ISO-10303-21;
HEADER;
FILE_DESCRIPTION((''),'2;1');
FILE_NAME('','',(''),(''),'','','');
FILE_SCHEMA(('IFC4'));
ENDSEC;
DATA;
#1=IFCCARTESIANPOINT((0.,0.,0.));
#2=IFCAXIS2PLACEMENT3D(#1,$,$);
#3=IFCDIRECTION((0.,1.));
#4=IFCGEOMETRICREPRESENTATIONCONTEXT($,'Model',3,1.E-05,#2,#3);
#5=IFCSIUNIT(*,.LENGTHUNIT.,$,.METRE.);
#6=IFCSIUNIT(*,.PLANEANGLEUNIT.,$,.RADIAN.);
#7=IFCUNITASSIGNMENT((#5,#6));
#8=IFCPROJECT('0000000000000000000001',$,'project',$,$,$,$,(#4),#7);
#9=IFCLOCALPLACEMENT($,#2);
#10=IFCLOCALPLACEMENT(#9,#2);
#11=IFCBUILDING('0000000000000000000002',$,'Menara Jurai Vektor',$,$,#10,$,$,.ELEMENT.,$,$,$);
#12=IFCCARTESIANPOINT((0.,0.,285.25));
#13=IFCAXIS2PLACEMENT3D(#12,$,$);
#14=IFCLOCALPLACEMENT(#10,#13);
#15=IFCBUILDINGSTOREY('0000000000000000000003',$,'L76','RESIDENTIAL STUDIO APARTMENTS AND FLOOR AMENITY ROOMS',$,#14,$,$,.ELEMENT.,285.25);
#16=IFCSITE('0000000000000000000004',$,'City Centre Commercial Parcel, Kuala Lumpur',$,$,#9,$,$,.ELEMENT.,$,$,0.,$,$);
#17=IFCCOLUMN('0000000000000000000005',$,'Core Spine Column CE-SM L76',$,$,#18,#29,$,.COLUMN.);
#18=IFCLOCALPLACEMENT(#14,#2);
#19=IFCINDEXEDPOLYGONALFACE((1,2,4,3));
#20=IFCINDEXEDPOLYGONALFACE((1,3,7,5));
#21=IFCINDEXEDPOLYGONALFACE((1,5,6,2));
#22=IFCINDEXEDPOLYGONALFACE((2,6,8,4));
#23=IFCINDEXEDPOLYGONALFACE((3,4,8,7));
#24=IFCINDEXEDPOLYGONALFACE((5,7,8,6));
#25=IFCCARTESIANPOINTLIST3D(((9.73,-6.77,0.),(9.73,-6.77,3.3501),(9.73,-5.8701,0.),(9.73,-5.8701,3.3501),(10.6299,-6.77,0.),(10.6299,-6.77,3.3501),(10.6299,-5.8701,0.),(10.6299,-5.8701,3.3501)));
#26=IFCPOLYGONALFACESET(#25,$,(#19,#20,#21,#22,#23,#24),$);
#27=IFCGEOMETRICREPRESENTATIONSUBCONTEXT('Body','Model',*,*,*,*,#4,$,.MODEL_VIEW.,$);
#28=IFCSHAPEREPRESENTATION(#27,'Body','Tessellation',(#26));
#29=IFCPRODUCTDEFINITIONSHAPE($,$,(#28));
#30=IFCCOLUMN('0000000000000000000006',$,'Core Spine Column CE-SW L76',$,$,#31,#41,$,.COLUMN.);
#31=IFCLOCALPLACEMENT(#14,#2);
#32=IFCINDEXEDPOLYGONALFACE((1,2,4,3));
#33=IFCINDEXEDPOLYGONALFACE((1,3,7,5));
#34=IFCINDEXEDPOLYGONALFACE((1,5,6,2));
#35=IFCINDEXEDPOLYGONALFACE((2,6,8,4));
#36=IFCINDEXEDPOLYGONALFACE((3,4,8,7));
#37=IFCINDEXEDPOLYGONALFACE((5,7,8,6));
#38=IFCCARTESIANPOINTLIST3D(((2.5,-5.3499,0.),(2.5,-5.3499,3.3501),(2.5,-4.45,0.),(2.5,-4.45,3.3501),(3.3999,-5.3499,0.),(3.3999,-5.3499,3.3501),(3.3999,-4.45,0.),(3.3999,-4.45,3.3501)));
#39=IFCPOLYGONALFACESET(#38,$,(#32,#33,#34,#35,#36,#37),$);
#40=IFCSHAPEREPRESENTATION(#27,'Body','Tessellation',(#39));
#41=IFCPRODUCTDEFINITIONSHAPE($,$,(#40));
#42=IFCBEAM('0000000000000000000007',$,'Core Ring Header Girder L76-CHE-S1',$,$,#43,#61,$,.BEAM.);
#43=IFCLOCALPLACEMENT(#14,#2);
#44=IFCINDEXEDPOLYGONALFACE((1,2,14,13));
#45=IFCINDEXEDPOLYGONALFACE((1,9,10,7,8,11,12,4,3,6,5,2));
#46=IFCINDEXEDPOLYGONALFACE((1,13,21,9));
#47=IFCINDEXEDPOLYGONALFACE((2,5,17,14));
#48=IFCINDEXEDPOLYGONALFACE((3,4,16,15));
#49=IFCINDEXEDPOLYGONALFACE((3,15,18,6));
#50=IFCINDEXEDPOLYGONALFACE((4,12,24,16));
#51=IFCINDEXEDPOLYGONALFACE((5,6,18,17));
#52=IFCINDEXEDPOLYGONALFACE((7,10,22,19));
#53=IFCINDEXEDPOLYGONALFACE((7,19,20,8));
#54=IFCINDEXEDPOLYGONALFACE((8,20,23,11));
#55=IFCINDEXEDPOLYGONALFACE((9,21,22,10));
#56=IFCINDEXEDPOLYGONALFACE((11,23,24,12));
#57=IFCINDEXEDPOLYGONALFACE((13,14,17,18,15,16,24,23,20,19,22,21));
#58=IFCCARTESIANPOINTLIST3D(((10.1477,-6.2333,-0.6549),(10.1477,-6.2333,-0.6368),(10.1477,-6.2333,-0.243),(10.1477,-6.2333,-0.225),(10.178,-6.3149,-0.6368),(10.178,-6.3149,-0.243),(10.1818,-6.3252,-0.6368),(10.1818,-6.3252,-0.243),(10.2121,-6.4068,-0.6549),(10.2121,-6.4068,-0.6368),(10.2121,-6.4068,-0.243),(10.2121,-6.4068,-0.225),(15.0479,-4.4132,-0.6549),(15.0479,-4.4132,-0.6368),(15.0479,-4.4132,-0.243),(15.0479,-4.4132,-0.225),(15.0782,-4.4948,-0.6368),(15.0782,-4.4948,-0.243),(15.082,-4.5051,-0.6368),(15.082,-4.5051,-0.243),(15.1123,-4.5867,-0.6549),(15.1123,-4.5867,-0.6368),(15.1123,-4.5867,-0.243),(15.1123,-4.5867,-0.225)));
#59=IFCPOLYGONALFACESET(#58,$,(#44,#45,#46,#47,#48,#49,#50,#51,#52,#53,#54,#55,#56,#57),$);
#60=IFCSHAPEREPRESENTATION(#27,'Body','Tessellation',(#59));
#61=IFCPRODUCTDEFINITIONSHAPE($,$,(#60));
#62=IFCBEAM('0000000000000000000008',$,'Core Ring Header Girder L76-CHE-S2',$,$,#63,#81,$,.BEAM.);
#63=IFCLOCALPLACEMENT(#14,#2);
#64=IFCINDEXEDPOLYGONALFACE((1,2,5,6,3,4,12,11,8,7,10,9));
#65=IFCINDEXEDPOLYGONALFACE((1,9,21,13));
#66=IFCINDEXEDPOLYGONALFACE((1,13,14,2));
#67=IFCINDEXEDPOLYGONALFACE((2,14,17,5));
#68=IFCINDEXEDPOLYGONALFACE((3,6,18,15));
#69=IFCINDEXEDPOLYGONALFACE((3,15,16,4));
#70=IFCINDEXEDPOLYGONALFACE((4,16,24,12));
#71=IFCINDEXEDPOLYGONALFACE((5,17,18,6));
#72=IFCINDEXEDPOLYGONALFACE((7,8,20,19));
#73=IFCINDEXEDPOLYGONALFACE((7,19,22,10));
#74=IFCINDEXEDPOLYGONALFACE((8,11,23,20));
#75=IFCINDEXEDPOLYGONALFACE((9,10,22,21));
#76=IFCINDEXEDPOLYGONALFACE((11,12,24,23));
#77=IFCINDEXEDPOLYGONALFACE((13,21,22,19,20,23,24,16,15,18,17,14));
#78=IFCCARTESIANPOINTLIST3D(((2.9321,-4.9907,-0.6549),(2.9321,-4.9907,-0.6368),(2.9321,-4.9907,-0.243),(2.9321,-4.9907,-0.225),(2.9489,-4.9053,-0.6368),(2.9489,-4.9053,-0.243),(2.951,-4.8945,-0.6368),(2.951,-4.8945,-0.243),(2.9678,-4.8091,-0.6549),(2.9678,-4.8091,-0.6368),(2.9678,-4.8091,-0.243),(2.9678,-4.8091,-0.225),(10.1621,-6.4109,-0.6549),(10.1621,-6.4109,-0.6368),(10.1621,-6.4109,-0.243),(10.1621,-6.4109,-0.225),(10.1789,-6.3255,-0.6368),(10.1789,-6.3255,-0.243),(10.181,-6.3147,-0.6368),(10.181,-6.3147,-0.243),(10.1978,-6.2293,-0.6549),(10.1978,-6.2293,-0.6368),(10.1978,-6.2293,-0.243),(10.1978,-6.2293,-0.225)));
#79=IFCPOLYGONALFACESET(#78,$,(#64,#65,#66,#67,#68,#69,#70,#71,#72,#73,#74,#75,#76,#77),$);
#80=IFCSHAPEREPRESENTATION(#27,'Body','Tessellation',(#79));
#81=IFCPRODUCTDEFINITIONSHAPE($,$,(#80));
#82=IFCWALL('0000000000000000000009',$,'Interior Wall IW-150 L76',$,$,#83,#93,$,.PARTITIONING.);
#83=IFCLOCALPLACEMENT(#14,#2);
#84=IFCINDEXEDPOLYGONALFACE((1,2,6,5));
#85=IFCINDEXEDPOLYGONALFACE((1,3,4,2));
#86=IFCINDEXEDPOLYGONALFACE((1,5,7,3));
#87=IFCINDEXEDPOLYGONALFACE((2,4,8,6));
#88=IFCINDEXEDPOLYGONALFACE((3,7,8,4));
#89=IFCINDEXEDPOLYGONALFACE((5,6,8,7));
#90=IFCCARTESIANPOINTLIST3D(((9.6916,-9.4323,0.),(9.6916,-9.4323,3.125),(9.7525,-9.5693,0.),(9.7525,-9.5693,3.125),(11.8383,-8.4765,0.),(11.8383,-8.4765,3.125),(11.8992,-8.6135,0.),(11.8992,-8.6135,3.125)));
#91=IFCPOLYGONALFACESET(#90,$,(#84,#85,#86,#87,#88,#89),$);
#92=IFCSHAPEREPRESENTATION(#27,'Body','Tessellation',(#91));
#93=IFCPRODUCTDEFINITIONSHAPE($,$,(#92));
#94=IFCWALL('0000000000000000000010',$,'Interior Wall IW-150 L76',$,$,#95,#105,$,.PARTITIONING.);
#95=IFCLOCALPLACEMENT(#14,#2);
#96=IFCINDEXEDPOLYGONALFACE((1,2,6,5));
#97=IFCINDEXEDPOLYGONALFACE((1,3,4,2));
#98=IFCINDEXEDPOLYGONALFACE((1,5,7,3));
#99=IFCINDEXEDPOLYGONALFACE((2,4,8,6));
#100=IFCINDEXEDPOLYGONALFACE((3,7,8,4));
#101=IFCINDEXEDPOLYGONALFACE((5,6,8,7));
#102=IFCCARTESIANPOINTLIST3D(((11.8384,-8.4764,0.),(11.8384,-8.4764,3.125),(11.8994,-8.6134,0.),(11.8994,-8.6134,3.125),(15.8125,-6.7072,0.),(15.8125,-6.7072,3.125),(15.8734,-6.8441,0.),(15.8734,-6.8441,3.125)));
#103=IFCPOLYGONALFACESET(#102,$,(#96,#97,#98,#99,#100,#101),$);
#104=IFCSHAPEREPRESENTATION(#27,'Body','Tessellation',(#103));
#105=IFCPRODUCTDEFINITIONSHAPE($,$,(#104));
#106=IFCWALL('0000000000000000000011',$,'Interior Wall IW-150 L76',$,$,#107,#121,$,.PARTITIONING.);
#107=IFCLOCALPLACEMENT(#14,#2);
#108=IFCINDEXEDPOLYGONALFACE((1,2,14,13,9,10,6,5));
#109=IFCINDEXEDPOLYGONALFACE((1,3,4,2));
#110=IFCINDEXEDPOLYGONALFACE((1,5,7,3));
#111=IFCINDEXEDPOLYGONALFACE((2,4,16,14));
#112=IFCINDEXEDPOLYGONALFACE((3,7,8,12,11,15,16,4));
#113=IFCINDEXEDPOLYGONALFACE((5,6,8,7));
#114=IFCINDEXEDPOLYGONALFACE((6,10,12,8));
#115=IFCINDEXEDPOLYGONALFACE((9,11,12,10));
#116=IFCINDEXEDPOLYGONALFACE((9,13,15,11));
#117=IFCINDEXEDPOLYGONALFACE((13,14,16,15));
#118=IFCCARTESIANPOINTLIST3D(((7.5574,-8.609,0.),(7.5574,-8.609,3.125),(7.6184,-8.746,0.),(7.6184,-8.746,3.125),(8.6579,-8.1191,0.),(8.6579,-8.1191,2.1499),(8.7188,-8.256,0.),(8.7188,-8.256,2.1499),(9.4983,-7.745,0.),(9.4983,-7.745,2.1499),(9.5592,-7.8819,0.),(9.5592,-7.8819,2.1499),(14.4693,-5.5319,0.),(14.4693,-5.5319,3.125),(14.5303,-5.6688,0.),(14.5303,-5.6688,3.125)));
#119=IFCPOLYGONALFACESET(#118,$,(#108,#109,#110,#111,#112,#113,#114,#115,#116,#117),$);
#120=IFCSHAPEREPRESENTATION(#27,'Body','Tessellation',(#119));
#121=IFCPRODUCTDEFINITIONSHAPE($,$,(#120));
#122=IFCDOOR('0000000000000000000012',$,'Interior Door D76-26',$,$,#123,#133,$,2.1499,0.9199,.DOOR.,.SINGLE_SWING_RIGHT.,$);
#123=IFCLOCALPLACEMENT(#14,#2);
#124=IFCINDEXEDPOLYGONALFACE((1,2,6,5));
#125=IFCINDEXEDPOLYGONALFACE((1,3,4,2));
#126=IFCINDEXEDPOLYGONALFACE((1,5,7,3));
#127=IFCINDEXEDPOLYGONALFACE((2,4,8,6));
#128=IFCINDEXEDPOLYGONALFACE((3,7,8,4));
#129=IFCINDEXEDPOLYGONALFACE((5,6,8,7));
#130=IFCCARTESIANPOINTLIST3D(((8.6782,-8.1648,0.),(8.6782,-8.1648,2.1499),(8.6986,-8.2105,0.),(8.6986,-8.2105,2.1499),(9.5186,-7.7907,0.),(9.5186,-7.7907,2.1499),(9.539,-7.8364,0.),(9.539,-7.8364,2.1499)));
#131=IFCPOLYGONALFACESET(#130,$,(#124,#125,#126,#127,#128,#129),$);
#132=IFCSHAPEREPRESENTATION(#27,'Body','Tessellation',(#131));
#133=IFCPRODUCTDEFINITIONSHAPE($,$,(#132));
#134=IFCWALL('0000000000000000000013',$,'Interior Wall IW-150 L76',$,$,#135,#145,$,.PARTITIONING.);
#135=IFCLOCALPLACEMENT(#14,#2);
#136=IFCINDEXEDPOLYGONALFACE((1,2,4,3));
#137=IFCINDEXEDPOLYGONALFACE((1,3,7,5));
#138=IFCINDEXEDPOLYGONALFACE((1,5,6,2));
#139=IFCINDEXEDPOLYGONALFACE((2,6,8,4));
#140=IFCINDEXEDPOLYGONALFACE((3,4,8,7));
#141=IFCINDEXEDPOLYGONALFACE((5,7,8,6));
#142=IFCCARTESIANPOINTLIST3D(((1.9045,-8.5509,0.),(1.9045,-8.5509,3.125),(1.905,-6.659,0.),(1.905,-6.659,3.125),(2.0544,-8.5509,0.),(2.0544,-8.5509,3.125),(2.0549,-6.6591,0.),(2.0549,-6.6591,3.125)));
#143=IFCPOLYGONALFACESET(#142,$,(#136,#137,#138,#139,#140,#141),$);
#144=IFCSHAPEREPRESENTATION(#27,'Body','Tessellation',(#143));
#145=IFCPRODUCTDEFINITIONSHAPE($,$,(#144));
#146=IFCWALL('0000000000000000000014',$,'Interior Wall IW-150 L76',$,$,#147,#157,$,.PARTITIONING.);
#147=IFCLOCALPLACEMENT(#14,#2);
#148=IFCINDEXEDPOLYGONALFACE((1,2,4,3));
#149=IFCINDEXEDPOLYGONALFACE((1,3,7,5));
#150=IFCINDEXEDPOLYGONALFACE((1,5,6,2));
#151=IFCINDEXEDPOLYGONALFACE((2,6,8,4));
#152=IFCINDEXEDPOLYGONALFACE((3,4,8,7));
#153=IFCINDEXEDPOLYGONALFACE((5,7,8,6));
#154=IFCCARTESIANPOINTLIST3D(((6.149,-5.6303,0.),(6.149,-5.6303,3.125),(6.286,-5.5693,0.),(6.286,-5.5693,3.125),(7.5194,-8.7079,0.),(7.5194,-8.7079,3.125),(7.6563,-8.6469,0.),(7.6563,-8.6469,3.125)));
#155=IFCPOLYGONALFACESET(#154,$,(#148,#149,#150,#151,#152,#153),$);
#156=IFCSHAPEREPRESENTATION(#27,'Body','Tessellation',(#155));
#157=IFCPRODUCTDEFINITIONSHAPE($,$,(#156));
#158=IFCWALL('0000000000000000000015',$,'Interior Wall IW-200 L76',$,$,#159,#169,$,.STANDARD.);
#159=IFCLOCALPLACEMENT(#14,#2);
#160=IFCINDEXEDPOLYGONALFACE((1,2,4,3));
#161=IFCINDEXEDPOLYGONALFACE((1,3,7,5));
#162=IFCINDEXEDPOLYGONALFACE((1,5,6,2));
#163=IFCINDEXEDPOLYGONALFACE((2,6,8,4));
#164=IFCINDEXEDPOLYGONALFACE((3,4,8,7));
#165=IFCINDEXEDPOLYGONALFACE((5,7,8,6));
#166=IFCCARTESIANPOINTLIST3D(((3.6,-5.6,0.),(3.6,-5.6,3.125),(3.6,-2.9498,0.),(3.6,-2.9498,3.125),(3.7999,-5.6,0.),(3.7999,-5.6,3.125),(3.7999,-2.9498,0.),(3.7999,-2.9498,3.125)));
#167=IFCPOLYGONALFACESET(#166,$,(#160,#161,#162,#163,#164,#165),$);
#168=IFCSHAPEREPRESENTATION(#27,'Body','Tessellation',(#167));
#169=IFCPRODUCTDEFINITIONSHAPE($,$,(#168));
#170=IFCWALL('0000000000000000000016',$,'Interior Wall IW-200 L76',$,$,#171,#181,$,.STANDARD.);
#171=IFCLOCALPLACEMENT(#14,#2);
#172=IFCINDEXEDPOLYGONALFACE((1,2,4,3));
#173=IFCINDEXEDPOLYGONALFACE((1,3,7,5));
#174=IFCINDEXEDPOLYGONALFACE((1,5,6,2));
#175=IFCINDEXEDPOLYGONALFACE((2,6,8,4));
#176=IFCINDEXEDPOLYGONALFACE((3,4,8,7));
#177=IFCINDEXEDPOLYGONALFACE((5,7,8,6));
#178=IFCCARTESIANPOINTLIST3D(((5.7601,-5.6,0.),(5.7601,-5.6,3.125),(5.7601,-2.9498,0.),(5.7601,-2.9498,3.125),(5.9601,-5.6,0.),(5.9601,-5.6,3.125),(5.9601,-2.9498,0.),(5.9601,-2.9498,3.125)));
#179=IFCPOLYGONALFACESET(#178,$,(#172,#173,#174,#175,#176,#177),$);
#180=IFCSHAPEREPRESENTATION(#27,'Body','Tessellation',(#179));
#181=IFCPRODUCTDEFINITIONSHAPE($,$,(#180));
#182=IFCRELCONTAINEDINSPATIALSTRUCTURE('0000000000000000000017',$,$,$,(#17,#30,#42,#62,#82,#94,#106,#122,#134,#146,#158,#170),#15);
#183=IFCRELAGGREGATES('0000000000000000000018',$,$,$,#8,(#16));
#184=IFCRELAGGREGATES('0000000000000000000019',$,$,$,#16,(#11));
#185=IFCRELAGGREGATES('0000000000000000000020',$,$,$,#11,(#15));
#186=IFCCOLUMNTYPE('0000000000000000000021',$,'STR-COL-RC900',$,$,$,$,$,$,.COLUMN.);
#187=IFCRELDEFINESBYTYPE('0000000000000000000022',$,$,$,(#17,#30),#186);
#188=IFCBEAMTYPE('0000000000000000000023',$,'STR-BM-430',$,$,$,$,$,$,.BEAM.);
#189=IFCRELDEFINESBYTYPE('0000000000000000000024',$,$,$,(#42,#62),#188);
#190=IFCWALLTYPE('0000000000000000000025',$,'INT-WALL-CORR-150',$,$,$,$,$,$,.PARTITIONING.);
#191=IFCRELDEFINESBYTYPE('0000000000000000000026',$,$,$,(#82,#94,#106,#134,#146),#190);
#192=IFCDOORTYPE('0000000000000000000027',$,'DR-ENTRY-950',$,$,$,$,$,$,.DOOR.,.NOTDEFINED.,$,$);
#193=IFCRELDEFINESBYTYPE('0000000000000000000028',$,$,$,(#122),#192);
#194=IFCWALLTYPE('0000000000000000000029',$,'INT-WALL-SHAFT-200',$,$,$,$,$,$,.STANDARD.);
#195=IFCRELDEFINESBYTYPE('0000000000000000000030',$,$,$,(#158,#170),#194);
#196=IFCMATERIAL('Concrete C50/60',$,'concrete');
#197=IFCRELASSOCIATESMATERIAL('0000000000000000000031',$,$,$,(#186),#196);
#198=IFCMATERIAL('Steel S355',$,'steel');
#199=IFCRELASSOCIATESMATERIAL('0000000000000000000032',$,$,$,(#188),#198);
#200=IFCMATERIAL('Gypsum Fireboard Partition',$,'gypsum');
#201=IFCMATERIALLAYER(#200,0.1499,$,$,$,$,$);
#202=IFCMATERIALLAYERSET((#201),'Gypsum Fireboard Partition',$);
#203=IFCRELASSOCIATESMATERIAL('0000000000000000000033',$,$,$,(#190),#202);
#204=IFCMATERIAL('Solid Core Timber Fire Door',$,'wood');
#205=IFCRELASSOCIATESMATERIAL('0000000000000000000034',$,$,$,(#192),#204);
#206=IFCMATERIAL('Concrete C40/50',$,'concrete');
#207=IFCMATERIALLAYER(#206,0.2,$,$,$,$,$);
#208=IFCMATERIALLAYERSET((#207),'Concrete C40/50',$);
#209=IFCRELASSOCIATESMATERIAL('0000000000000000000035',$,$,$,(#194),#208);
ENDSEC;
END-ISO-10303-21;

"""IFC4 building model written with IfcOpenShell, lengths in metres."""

from ifc_helpers import new_model, si_unit, direction, frame, frame_2d, origin, origin_2d, place, context, subcontext, project, spatial, rectangle, i_section, extrude, material, layer, layer_set, material_profile, profile_set, type_object, element, fill, save


model = new_model("IFC4")

# Units and contexts
model_context = context("Model", 3, precision=1e-05, world=origin(), true_north=direction((0.0, 1.0)))
body_context = subcontext(model_context, "Body", "Model", "MODEL_VIEW")
ifc_project = project(units=[si_unit("LENGTHUNIT", "METRE"), si_unit("PLANEANGLEUNIT", "RADIAN")], contexts=[model_context])

# Site, building, storey
site_placement = place(None, origin())
site = spatial("IfcSite", under=ifc_project, at=site_placement, Name="City Centre Commercial Parcel, Kuala Lumpur", CompositionType="ELEMENT", RefElevation=0.0)
building_placement = place(site_placement, origin())
building = spatial("IfcBuilding", under=site, at=building_placement, Name="Menara Jurai Vektor", CompositionType="ELEMENT")
storey_placement = place(building_placement, frame((0.0, 0.0, 285.25)))
storey = spatial("IfcBuildingStorey", under=building, at=storey_placement, Name="L76", Description="RESIDENTIAL STUDIO APARTMENTS AND FLOOR AMENITY ROOMS", CompositionType="ELEMENT", Elevation=285.25)

# Columns
ifc_material_1 = material(Name="Concrete C50/60", Category="concrete")
ifc_material_profile_1 = material_profile(ifc_material_1, rectangle(XDim=0.8999, YDim=0.8999, at=origin_2d()), Name="RC 900x900")
ifc_profile_set_1 = profile_set([ifc_material_profile_1], Name="Concrete C50/60")
column_type = type_object("IfcColumnType", Name="STR-COL-RC900", PredefinedType="COLUMN", material=ifc_profile_set_1)
for number, where, z_axis, x_axis, name in (
    (1, (10.1799, -6.3201, 0.0), (0.0, 0.0, 1.0), (1.0, 0.0, 0.0), "Core Spine Column CE-SM L76"),
    (2, (2.95, -4.8999, 0.0), (0.0, 0.0, 1.0), (1.0, 0.0, 0.0), "Core Spine Column CE-SW L76"),
):
    element("IfcColumn", number, at=place(storey_placement, frame(where, z_axis=z_axis, x_axis=x_axis)), inside=storey, type_object=column_type, Name=name, PredefinedType="COLUMN", context=body_context, shape_type="SweptSolid", body=[
        extrude(rectangle(XDim=0.8999, YDim=0.8999, at=origin_2d()), origin(), (0.0, 0.0, 1.0), 3.3501),
    ])

# Beams
ifc_material_2 = material(Name="Steel S355", Category="steel")
ifc_material_profile_2 = material_profile(ifc_material_2, i_section(OverallWidth=0.1851, OverallDepth=0.4299, WebThickness=0.011, FlangeThickness=0.0181, at=origin_2d()), Name="PG 430x185x76")
ifc_profile_set_2 = profile_set([ifc_material_profile_2], Name="Steel S355")
beam_type = type_object("IfcBeamType", Name="STR-BM-430", PredefinedType="BEAM", material=ifc_profile_set_2)
beam_1_placement = place(storey_placement, frame((10.1799, -6.3201, -0.4399), z_axis=(0.937424, 0.348189, 0.0), x_axis=(-0.348189, 0.937424, 0.0)))
element("IfcBeam", 3, at=beam_1_placement, inside=storey, type_object=beam_type, Name="Core Ring Header Girder L76-CHE-S1", PredefinedType="BEAM", context=body_context, shape_type="SweptSolid", body=[
    extrude(i_section(OverallWidth=0.1851, OverallDepth=0.4299, WebThickness=0.011, FlangeThickness=0.0181, at=origin_2d()), origin(), (0.0, 0.0, 1.0), 5.2273),
])
beam_2_placement = place(storey_placement, frame((2.95, -4.8999, -0.4399), z_axis=(0.981249, -0.192744, 0.0), x_axis=(0.192744, 0.981249, 0.0)))
element("IfcBeam", 4, at=beam_2_placement, inside=storey, type_object=beam_type, Name="Core Ring Header Girder L76-CHE-S2", PredefinedType="BEAM", context=body_context, shape_type="SweptSolid", body=[
    extrude(i_section(OverallWidth=0.1851, OverallDepth=0.4299, WebThickness=0.011, FlangeThickness=0.0181, at=origin_2d()), origin(), (0.0, 0.0, 1.0), 7.3682),
])

# Walls
ifc_material_3 = material(Name="Gypsum Fireboard Partition", Category="gypsum")
ifc_layer_1 = layer(ifc_material_3, 0.1499)
ifc_layer_set_1 = layer_set([ifc_layer_1], Name="Gypsum Fireboard Partition")
wall_type_1 = type_object("IfcWallType", Name="INT-WALL-CORR-150", PredefinedType="PARTITIONING", material=ifc_layer_set_1)
wall_1_placement = place(storey_placement, frame((9.7222, -9.5007, 0.0), z_axis=(0.0, 0.0, 1.0), x_axis=(0.913541, 0.406746, 0.0)))
element("IfcWall", 5, at=wall_1_placement, inside=storey, type_object=wall_type_1, Name="Interior Wall IW-150 L76", PredefinedType="PARTITIONING", context=body_context, shape_type="SweptSolid", body=[
    extrude(rectangle(XDim=2.3499, YDim=0.1499, at=frame_2d((1.1748, 0.0))), origin(), (0.0, 0.0, 1.0), 3.125),
])
wall_2_placement = place(storey_placement, frame((11.8689, -8.5449, 0.0), z_axis=(0.0, 0.0, 1.0), x_axis=(0.913554, 0.406716, 0.0)))
element("IfcWall", 6, at=wall_2_placement, inside=storey, type_object=wall_type_1, Name="Interior Wall IW-150 L76", PredefinedType="PARTITIONING", context=body_context, shape_type="SweptSolid", body=[
    extrude(rectangle(XDim=4.3501, YDim=0.1499, at=frame_2d((2.175, 0.0))), origin(), (0.0, 0.0, 1.0), 3.125),
])

# Wall, opening, door
wall_3_placement = place(storey_placement, frame((7.5879, -8.6775, 0.0), z_axis=(0.0, 0.0, 1.0), x_axis=(0.913556, 0.406713, 0.0)))
wall_3 = element("IfcWall", 7, at=wall_3_placement, inside=storey, type_object=wall_type_1, Name="Interior Wall IW-150 L76", PredefinedType="PARTITIONING", context=body_context, shape_type="SweptSolid", body=[
    extrude(rectangle(XDim=7.5659, YDim=0.1499, at=frame_2d((3.783, 0.0))), origin(), (0.0, 0.0, 1.0), 3.125),
])
opening_placement = place(wall_3_placement, frame((1.2046, 0.0, 0.0)))
opening = element("IfcOpeningElement", 8, at=opening_placement, cuts=wall_3, PredefinedType="OPENING", context=body_context, shape_type="SweptSolid", body=[
    extrude(rectangle(XDim=0.9199, YDim=2.1499, at=frame_2d((0.46, 1.075))), frame((0.0, 0.085, 0.0), z_axis=(0.0, -1.0, 0.0), x_axis=(1.0, 0.0, 0.0)), (0.0, 0.0, 1.0), 0.1699),
])
ifc_material_4 = material(Name="Solid Core Timber Fire Door", Category="wood")
door_type = type_object("IfcDoorType", Name="DR-ENTRY-950", OperationType="NOTDEFINED", PredefinedType="DOOR", material=ifc_material_4)
door_placement = place(opening_placement, origin())
door = element("IfcDoor", 9, at=door_placement, inside=storey, type_object=door_type, Name="Interior Door D76-26", OperationType="SINGLE_SWING_RIGHT", OverallHeight=2.1499, OverallWidth=0.9199, PredefinedType="DOOR", context=body_context, shape_type="SweptSolid", body=[
    extrude(rectangle(XDim=0.9199, YDim=2.1499, at=frame_2d((0.46, 1.075))), frame((0.0, 0.0249, 0.0), z_axis=(0.0, -1.0, 0.0), x_axis=(1.0, 0.0, 0.0)), (0.0, 0.0, 1.0), 0.05),
])
fill(opening, door)

# Walls
wall_4_placement = place(storey_placement, frame((1.9795, -8.5508, 0.0), z_axis=(0.0, 0.0, 1.0), x_axis=(0.000258, 1.0, 0.0)))
element("IfcWall", 10, at=wall_4_placement, inside=storey, type_object=wall_type_1, Name="Interior Wall IW-150 L76", PredefinedType="PARTITIONING", context=body_context, shape_type="SweptSolid", body=[
    extrude(rectangle(XDim=1.8918, YDim=0.1499, at=frame_2d((0.9458, 0.0))), origin(), (0.0, 0.0, 1.0), 3.125),
])
wall_5_placement = place(storey_placement, frame((7.5879, -8.6775, 0.0), z_axis=(0.0, 0.0, 1.0), x_axis=(-0.406764, 0.913533, 0.0)))
element("IfcWall", 11, at=wall_5_placement, inside=storey, type_object=wall_type_1, Name="Interior Wall IW-150 L76", PredefinedType="PARTITIONING", context=body_context, shape_type="SweptSolid", body=[
    extrude(rectangle(XDim=3.3689, YDim=0.1499, at=frame_2d((1.6846, 0.0))), origin(), (0.0, 0.0, 1.0), 3.125),
])
ifc_material_5 = material(Name="Concrete C40/50", Category="concrete")
ifc_layer_2 = layer(ifc_material_5, 0.2)
ifc_layer_set_2 = layer_set([ifc_layer_2], Name="Concrete C40/50")
wall_type_2 = type_object("IfcWallType", Name="INT-WALL-SHAFT-200", PredefinedType="STANDARD", material=ifc_layer_set_2)
for number, where, z_axis, x_axis, name in (
    (12, (3.7, -5.6001, 0.0), (0.0, 0.0, 1.0), (0.0, 1.0, 0.0), "Interior Wall IW-200 L76"),
    (13, (5.8601, -5.6001, 0.0), (0.0, 0.0, 1.0), (0.0, 1.0, 0.0), "Interior Wall IW-200 L76"),
):
    element("IfcWall", number, at=place(storey_placement, frame(where, z_axis=z_axis, x_axis=x_axis)), inside=storey, type_object=wall_type_2, Name=name, PredefinedType="STANDARD", context=body_context, shape_type="SweptSolid", body=[
        extrude(rectangle(XDim=2.6501, YDim=0.2, at=frame_2d((1.3252, 0.0))), origin(), (0.0, 0.0, 1.0), 3.125),
    ])

save(model, "model.ifc")
